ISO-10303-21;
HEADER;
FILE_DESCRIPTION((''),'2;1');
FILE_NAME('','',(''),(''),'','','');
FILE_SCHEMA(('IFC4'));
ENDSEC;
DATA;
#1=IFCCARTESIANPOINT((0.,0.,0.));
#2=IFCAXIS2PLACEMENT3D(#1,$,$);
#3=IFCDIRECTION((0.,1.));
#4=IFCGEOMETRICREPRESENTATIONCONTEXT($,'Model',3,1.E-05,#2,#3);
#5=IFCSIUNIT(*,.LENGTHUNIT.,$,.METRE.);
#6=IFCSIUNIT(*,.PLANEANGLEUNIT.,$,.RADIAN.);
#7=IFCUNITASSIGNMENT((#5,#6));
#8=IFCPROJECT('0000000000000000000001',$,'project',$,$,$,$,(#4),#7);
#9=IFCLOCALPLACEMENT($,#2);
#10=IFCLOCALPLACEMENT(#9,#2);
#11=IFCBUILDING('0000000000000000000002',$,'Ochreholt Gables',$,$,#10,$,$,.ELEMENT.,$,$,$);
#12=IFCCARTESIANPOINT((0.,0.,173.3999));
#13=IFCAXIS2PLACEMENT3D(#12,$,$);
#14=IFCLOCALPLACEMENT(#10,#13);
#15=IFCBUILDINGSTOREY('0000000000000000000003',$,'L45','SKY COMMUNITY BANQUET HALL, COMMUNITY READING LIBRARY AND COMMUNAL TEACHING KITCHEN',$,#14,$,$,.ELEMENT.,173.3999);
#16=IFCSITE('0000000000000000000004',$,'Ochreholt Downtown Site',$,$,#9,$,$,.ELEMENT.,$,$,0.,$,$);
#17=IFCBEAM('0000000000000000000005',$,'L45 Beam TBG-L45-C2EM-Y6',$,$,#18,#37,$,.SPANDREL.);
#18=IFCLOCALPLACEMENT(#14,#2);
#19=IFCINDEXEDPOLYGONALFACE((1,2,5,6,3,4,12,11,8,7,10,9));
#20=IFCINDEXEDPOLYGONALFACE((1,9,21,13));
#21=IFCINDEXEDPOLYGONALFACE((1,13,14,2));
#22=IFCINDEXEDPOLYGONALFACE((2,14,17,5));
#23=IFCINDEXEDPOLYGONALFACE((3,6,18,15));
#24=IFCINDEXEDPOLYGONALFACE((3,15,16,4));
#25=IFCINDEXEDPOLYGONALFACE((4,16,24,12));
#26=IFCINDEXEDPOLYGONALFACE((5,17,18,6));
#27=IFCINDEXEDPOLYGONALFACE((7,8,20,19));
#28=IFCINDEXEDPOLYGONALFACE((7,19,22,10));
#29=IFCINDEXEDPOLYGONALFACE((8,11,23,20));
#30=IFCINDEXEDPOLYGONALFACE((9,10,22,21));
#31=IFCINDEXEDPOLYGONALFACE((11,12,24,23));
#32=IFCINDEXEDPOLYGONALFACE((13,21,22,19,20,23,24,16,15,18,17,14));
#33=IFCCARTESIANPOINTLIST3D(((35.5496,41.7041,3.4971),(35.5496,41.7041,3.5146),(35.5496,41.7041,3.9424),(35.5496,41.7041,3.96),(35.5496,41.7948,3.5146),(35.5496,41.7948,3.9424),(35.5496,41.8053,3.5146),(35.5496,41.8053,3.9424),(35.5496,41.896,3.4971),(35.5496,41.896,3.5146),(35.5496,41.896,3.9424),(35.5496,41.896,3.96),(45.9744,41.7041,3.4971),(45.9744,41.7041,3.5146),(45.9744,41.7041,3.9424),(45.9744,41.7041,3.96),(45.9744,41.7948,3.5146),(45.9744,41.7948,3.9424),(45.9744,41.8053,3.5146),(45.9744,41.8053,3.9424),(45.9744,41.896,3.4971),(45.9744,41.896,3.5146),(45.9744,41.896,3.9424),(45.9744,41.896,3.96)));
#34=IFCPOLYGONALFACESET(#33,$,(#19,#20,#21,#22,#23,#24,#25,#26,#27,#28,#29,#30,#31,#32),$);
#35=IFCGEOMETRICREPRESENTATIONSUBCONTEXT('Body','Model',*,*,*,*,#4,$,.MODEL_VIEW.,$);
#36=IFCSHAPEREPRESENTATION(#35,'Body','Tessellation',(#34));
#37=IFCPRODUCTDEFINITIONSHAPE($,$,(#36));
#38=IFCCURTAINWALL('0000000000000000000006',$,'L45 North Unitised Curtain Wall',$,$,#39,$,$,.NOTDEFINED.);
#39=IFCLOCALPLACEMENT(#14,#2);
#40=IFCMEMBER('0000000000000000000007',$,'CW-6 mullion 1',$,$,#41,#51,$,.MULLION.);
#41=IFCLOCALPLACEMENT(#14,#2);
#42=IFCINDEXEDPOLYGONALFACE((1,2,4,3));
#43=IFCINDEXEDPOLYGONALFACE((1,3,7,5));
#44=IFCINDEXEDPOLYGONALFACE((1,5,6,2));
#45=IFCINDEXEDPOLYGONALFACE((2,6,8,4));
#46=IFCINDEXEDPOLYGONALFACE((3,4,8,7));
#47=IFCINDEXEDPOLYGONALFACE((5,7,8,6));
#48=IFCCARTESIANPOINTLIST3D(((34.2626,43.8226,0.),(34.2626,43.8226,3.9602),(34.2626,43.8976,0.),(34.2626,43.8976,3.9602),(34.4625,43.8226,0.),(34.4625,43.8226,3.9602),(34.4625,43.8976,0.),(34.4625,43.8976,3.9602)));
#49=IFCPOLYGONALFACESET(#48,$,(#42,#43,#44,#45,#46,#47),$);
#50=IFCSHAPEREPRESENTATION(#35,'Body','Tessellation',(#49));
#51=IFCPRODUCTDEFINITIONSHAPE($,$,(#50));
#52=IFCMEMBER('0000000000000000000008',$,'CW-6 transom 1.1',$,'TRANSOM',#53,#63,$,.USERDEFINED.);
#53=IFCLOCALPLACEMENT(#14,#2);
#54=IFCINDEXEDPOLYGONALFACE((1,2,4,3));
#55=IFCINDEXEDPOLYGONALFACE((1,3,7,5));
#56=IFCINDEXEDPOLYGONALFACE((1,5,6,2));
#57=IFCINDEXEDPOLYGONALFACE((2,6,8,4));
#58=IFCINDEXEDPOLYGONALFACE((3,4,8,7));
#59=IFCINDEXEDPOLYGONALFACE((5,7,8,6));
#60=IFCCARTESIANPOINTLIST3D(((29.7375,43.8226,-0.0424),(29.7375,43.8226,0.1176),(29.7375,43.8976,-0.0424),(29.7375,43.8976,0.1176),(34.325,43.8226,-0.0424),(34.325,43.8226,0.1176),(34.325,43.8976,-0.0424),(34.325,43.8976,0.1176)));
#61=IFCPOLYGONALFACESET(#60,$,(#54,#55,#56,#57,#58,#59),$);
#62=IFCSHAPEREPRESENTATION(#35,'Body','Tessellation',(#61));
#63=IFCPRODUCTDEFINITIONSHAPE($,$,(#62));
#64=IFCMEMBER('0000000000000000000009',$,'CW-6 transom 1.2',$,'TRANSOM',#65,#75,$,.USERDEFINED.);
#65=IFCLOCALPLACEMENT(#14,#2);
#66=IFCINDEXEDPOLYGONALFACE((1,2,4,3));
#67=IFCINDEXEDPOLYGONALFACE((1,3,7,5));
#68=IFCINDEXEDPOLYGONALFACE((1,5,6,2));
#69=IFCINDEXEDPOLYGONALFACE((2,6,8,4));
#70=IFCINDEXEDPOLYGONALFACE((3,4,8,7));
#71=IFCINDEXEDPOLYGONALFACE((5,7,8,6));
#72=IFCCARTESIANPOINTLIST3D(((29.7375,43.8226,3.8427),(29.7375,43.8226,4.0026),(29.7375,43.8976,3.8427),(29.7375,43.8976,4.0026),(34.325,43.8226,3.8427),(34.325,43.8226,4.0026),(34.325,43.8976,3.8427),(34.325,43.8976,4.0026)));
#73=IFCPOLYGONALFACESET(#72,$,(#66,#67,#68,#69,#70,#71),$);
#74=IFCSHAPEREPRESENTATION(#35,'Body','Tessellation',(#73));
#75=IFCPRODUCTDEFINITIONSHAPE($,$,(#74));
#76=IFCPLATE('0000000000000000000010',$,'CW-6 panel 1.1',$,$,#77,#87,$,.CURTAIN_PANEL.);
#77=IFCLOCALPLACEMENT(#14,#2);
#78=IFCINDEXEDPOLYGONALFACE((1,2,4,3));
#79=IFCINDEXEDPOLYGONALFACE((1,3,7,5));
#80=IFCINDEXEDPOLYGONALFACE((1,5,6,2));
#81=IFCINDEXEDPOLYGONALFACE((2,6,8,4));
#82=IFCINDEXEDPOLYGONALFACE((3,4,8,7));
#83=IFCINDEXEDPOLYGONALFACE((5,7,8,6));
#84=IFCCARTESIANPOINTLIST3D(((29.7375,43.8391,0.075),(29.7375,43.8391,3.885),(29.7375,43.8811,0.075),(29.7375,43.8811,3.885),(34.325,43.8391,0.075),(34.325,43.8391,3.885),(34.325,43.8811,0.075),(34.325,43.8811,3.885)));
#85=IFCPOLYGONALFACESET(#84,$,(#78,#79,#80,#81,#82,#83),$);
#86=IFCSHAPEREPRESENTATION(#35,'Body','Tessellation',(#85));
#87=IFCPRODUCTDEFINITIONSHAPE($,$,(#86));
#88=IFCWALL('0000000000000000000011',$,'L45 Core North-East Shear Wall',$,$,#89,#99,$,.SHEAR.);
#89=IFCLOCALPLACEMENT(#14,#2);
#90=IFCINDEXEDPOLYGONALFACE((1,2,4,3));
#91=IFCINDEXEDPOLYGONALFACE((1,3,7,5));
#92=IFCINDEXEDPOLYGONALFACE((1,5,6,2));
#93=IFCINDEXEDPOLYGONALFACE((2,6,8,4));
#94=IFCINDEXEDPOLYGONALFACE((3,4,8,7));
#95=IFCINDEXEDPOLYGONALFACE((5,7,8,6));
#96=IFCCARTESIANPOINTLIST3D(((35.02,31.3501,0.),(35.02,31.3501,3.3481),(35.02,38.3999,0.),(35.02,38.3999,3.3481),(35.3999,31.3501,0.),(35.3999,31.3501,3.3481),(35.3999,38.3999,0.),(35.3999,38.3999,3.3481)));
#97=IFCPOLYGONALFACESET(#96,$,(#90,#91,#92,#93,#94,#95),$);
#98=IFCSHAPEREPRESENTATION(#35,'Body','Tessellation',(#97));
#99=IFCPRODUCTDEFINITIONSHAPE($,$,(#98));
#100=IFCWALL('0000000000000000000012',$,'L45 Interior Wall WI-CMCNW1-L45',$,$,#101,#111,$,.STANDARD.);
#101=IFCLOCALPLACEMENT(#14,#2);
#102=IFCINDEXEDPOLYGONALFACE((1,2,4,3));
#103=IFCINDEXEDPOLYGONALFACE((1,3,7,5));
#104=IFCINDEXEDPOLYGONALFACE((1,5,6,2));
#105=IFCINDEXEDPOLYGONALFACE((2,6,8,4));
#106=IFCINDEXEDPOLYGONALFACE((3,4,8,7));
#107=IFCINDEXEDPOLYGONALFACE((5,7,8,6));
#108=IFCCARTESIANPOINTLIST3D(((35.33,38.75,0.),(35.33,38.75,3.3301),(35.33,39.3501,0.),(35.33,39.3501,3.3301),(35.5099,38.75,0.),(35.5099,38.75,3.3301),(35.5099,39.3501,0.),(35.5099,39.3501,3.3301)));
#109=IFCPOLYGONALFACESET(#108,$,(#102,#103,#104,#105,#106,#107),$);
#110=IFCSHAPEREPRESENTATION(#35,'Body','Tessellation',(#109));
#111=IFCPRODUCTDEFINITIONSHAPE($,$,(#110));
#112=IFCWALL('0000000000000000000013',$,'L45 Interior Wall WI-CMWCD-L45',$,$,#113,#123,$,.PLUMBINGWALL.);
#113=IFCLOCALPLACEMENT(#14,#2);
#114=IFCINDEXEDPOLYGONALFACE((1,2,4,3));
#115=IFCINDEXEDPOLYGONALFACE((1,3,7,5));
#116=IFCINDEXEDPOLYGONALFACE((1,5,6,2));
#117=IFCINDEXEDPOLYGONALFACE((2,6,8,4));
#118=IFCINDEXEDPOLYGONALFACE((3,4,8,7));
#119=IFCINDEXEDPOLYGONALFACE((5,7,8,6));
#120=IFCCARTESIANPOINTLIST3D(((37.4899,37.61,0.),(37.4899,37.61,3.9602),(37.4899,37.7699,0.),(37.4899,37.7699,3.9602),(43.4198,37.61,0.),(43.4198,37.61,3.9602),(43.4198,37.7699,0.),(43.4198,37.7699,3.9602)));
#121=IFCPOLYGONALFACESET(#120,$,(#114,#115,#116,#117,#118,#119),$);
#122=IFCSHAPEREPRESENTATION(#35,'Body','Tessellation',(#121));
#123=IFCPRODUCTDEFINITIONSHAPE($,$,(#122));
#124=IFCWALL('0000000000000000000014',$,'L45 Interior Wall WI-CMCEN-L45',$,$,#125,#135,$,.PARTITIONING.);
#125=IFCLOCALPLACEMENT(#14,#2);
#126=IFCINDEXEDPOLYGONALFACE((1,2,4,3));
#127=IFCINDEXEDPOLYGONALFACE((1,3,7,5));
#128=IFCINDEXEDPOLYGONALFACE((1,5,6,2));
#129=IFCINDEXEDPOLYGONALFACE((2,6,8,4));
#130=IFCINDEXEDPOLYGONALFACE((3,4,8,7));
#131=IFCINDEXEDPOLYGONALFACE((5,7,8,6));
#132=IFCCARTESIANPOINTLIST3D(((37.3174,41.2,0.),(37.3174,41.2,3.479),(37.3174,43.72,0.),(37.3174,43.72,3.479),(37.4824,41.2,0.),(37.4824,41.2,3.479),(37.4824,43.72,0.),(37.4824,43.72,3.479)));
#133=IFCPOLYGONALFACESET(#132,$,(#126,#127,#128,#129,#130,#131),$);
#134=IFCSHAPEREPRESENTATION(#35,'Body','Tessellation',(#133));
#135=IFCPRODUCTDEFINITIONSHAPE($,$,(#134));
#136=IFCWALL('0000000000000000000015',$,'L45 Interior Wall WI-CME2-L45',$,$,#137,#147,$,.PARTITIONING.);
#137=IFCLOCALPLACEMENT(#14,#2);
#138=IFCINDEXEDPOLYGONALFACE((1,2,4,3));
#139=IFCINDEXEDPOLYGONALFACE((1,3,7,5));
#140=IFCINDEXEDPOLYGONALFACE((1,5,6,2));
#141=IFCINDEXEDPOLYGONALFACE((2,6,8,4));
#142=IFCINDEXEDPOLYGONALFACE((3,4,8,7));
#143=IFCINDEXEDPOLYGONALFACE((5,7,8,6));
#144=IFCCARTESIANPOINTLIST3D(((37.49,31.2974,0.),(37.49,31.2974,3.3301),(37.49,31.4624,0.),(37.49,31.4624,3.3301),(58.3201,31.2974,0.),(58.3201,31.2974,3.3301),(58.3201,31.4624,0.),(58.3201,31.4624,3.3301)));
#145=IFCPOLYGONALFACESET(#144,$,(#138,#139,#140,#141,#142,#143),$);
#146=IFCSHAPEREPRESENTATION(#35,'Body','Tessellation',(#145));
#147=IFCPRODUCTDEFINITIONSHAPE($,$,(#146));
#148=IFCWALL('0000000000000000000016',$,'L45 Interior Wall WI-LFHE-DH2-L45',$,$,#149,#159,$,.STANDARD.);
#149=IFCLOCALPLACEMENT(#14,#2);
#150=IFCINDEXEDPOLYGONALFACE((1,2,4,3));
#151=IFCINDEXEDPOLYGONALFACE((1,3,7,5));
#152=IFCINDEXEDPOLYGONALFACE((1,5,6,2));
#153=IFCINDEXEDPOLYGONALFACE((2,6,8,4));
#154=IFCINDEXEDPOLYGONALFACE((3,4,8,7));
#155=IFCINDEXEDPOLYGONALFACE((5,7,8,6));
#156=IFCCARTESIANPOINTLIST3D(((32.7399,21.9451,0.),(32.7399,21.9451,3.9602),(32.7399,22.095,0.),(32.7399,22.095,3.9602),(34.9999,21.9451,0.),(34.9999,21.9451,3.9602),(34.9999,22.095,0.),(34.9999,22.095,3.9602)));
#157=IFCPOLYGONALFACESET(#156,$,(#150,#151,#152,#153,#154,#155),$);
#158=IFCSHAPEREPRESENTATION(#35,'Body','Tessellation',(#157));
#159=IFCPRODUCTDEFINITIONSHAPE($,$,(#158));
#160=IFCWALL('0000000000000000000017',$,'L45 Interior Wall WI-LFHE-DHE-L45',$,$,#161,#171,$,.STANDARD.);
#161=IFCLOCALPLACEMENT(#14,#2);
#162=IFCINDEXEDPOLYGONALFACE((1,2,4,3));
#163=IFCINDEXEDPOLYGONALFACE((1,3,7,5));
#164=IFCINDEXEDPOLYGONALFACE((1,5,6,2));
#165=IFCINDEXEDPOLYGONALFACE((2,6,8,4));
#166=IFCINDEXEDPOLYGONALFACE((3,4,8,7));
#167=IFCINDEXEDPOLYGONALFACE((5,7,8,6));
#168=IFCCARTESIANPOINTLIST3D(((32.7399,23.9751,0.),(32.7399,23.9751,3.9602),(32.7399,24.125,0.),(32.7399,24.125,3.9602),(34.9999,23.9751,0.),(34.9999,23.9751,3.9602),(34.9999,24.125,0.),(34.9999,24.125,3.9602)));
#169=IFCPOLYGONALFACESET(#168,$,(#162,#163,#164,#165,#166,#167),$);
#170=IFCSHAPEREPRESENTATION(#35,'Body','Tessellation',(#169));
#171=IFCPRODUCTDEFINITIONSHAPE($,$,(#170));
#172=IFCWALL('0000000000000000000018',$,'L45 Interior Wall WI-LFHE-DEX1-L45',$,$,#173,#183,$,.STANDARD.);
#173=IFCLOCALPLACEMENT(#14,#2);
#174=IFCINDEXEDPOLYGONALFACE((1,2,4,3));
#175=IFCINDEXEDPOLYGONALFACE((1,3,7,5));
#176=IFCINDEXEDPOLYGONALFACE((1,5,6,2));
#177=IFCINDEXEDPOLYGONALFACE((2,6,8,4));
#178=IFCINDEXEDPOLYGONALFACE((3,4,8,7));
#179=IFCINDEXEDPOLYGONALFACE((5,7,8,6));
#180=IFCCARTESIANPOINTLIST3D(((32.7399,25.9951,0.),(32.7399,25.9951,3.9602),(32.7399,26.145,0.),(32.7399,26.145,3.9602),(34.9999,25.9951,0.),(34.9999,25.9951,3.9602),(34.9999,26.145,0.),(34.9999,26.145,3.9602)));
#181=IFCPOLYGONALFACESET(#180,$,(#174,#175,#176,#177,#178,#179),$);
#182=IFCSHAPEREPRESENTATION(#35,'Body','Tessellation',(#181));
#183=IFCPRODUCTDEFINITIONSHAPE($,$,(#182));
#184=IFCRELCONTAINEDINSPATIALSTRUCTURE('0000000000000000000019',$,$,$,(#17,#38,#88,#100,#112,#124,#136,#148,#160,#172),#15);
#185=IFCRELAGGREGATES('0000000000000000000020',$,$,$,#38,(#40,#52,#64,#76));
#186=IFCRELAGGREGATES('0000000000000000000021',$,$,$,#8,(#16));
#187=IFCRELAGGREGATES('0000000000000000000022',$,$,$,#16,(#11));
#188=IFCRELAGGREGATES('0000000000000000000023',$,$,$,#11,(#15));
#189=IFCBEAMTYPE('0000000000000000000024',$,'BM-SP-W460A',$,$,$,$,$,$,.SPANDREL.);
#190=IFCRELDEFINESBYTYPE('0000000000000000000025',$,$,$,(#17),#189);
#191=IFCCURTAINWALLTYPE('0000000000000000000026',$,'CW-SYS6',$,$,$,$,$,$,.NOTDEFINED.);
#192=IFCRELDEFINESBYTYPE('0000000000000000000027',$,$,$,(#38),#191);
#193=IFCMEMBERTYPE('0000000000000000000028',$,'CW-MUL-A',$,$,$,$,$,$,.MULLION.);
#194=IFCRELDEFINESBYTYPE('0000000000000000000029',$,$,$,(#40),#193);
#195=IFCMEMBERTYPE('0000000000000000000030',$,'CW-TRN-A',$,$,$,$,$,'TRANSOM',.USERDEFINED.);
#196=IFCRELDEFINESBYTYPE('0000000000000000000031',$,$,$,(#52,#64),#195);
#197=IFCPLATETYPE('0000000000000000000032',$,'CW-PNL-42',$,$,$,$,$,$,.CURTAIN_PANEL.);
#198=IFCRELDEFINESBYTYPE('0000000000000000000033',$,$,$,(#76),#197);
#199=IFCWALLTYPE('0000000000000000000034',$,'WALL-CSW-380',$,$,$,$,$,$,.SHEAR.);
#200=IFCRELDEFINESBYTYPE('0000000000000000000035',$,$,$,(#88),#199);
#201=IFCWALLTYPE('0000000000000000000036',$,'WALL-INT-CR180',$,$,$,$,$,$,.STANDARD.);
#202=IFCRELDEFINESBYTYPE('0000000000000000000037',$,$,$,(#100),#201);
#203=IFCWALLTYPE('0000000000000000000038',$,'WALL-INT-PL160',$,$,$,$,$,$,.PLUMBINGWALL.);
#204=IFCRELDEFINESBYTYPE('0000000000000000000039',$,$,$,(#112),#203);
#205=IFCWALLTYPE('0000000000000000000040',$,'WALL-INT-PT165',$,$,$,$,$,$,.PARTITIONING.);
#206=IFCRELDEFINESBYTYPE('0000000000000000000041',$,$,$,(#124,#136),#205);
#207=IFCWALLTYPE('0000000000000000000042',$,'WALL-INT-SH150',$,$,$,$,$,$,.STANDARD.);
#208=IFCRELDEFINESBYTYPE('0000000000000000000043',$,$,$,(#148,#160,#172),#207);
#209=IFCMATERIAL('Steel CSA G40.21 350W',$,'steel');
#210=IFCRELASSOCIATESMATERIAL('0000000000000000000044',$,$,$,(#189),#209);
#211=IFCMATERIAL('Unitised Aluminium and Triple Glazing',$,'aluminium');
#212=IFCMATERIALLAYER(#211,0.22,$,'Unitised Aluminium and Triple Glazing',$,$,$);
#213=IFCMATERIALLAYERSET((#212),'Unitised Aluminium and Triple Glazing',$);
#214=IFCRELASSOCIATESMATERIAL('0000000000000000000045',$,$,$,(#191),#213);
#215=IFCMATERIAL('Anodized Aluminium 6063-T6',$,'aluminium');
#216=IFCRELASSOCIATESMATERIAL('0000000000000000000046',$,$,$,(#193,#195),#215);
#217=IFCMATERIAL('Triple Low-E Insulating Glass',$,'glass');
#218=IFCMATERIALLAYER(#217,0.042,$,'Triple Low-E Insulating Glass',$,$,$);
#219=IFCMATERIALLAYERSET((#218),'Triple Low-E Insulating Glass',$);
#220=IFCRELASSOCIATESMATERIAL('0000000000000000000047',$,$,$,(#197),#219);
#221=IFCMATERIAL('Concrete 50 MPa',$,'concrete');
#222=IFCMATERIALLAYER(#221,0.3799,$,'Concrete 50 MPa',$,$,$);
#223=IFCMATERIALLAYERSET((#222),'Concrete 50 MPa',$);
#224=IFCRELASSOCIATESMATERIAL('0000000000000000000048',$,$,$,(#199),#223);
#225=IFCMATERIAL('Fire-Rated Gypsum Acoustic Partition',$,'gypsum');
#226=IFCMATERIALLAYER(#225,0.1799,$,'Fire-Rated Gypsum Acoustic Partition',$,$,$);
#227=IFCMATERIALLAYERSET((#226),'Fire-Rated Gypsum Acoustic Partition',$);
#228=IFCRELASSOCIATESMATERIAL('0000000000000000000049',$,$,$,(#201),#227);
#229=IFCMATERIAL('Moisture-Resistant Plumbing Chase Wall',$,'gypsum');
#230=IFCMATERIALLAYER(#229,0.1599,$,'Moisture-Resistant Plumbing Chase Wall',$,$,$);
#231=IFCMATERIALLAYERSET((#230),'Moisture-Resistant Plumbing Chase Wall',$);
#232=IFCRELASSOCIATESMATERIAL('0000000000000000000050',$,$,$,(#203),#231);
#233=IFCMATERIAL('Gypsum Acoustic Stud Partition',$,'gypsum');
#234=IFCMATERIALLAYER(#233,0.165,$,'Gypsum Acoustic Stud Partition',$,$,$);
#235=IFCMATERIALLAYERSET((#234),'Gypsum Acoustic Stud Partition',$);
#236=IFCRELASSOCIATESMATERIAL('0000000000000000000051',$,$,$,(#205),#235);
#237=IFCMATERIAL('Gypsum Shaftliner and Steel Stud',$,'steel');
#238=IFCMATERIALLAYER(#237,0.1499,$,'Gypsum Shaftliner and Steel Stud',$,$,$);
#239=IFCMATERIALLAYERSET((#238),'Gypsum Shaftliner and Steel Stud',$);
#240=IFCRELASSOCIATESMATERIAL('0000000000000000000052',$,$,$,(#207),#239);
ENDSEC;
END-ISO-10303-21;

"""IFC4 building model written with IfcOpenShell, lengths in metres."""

from ifc_helpers import new_model, si_unit, direction, frame, frame_2d, origin, origin_2d, place, context, subcontext, project, spatial, rectangle, i_section, extrude, material, layer, layer_set, material_profile, profile_set, type_object, element, aggregate, save


model = new_model("IFC4")

# Units and contexts
model_context = context("Model", 3, precision=1e-05, world=origin(), true_north=direction((0.0, 1.0)))
body_context = subcontext(model_context, "Body", "Model", "MODEL_VIEW")
ifc_project = project(units=[si_unit("LENGTHUNIT", "METRE"), si_unit("PLANEANGLEUNIT", "RADIAN")], contexts=[model_context])

# Site, building, storey
site_placement = place(None, origin())
site = spatial("IfcSite", under=ifc_project, at=site_placement, Name="Ochreholt Downtown Site", CompositionType="ELEMENT", RefElevation=0.0)
building_placement = place(site_placement, origin())
building = spatial("IfcBuilding", under=site, at=building_placement, Name="Ochreholt Gables", CompositionType="ELEMENT")
storey_placement = place(building_placement, frame((0.0, 0.0, 173.3999)))
storey = spatial("IfcBuildingStorey", under=building, at=storey_placement, Name="L45", Description="SKY COMMUNITY BANQUET HALL, COMMUNITY READING LIBRARY AND COMMUNAL TEACHING KITCHEN", CompositionType="ELEMENT", Elevation=173.3999)

# Shared definitions
ifc_material_1 = material(Name="Concrete 50 MPa", Category="concrete")

# Beam
ifc_material_2 = material(Name="Steel CSA G40.21 350W", Category="steel")
ifc_material_profile_1 = material_profile(ifc_material_2, i_section(OverallWidth=0.1919, OverallDepth=0.4629, WebThickness=0.0105, FlangeThickness=0.0176, at=origin_2d()), Name="W460X89")
ifc_profile_set_1 = profile_set([ifc_material_profile_1], Name="Steel CSA G40.21 350W")
beam_type_1 = type_object("IfcBeamType", Name="BM-SP-W460A", PredefinedType="SPANDREL", material=ifc_profile_set_1)
beam_1_placement = place(storey_placement, frame((35.5496, 41.8, 3.7285), z_axis=(1.0, 0.0, 0.0), x_axis=(0.0, 1.0, 0.0)))
element("IfcBeam", 1, at=beam_1_placement, inside=storey, type_object=beam_type_1, Name="L45 Beam TBG-L45-C2EM-Y6", PredefinedType="SPANDREL", context=body_context, shape_type="SweptSolid", body=[
    extrude(i_section(OverallWidth=0.1919, OverallDepth=0.4629, WebThickness=0.0105, FlangeThickness=0.0176, at=origin_2d()), origin(), (0.0, 0.0, 1.0), 10.4248),
])

# Curtain wall, members, plate
ifc_material_3 = material(Name="Unitised Aluminium and Triple Glazing", Category="aluminium")
ifc_layer_1 = layer(ifc_material_3, 0.22, Name="Unitised Aluminium and Triple Glazing")
ifc_layer_set_1 = layer_set([ifc_layer_1], Name="Unitised Aluminium and Triple Glazing")
curtain_wall_type = type_object("IfcCurtainWallType", Name="CW-SYS6", PredefinedType="NOTDEFINED", material=ifc_layer_set_1)
curtain_wall_placement = place(storey_placement, origin())
curtain_wall = element("IfcCurtainWall", 2, at=curtain_wall_placement, inside=storey, type_object=curtain_wall_type, Name="L45 North Unitised Curtain Wall", PredefinedType="NOTDEFINED")
ifc_material_4 = material(Name="Anodized Aluminium 6063-T6", Category="aluminium")
ifc_material_profile_2 = material_profile(ifc_material_4, rectangle(XDim=0.075, YDim=0.2, at=origin_2d()), Name="CWM75X200")
ifc_profile_set_2 = profile_set([ifc_material_profile_2], Name="Anodized Aluminium 6063-T6")
member_type_1 = type_object("IfcMemberType", Name="CW-MUL-A", PredefinedType="MULLION", material=ifc_profile_set_2)
member_1_placement = place(storey_placement, frame((34.3625, 43.8601, 0.0), z_axis=(0.0, 0.0, 1.0), x_axis=(0.0, -1.0, 0.0)))
member_1 = element("IfcMember", 3, at=member_1_placement, type_object=member_type_1, Name="CW-6 mullion 1", PredefinedType="MULLION", context=body_context, shape_type="SweptSolid", body=[
    extrude(rectangle(XDim=0.075, YDim=0.2, at=origin_2d()), origin(), (0.0, 0.0, 1.0), 3.9602),
])
ifc_material_profile_3 = material_profile(ifc_material_4, rectangle(XDim=0.075, YDim=0.1599, at=origin_2d()), Name="CWT75X160")
ifc_profile_set_3 = profile_set([ifc_material_profile_3], Name="Anodized Aluminium 6063-T6")
member_type_2 = type_object("IfcMemberType", Name="CW-TRN-A", ElementType="TRANSOM", PredefinedType="USERDEFINED", material=ifc_profile_set_3)
member_2_placement = place(storey_placement, frame((34.325, 43.8601, 0.0376), z_axis=(-1.0, 0.0, 0.0), x_axis=(0.0, -1.0, 0.0)))
member_2 = element("IfcMember", 4, at=member_2_placement, type_object=member_type_2, Name="CW-6 transom 1.1", ObjectType="TRANSOM", PredefinedType="USERDEFINED", context=body_context, shape_type="SweptSolid", body=[
    extrude(rectangle(XDim=0.075, YDim=0.1599, at=origin_2d()), origin(), (0.0, 0.0, 1.0), 4.5874),
])
member_3_placement = place(storey_placement, frame((34.325, 43.8601, 3.9226), z_axis=(-1.0, 0.0, 0.0), x_axis=(0.0, -1.0, 0.0)))
member_3 = element("IfcMember", 5, at=member_3_placement, type_object=member_type_2, Name="CW-6 transom 1.2", ObjectType="TRANSOM", PredefinedType="USERDEFINED", context=body_context, shape_type="SweptSolid", body=[
    extrude(rectangle(XDim=0.075, YDim=0.1599, at=origin_2d()), origin(), (0.0, 0.0, 1.0), 4.5874),
])
ifc_material_5 = material(Name="Triple Low-E Insulating Glass", Category="glass")
ifc_layer_2 = layer(ifc_material_5, 0.042, Name="Triple Low-E Insulating Glass")
ifc_layer_set_2 = layer_set([ifc_layer_2], Name="Triple Low-E Insulating Glass")
plate_type = type_object("IfcPlateType", Name="CW-PNL-42", PredefinedType="CURTAIN_PANEL", material=ifc_layer_set_2)
plate_placement = place(storey_placement, frame((32.0312, 43.8601, 0.075), z_axis=(0.0, 0.0, 1.0), x_axis=(-1.0, 0.0, 0.0)))
plate = element("IfcPlate", 6, at=plate_placement, type_object=plate_type, Name="CW-6 panel 1.1", PredefinedType="CURTAIN_PANEL", context=body_context, shape_type="SweptSolid", body=[
    extrude(rectangle(XDim=4.5874, YDim=0.042, at=origin_2d()), origin(), (0.0, 0.0, 1.0), 3.8101),
])
aggregate(curtain_wall, [member_1, member_2, member_3, plate])

# Walls
ifc_layer_3 = layer(ifc_material_1, 0.3799, Name="Concrete 50 MPa")
ifc_layer_set_3 = layer_set([ifc_layer_3], Name="Concrete 50 MPa")
wall_type_1 = type_object("IfcWallType", Name="WALL-CSW-380", PredefinedType="SHEAR", material=ifc_layer_set_3)
wall_1_placement = place(storey_placement, frame((35.21, 31.3501, 0.0), z_axis=(0.0, 0.0, 1.0), x_axis=(0.0, 1.0, 0.0)))
element("IfcWall", 7, at=wall_1_placement, inside=storey, type_object=wall_type_1, Name="L45 Core North-East Shear Wall", PredefinedType="SHEAR", context=body_context, shape_type="SweptSolid", body=[
    extrude(rectangle(XDim=7.0498, YDim=0.3799, at=frame_2d((3.5249, 0.0))), origin(), (0.0, 0.0, 1.0), 3.3481),
])
ifc_material_6 = material(Name="Fire-Rated Gypsum Acoustic Partition", Category="gypsum")
ifc_layer_4 = layer(ifc_material_6, 0.1799, Name="Fire-Rated Gypsum Acoustic Partition")
ifc_layer_set_4 = layer_set([ifc_layer_4], Name="Fire-Rated Gypsum Acoustic Partition")
wall_type_2 = type_object("IfcWallType", Name="WALL-INT-CR180", PredefinedType="STANDARD", material=ifc_layer_set_4)
wall_2_placement = place(storey_placement, frame((35.4199, 38.75, 0.0), z_axis=(0.0, 0.0, 1.0), x_axis=(0.0, 1.0, 0.0)))
element("IfcWall", 8, at=wall_2_placement, inside=storey, type_object=wall_type_2, Name="L45 Interior Wall WI-CMCNW1-L45", PredefinedType="STANDARD", context=body_context, shape_type="SweptSolid", body=[
    extrude(rectangle(XDim=0.6001, YDim=0.1799, at=frame_2d((0.3, 0.0))), origin(), (0.0, 0.0, 1.0), 3.3301),
])
ifc_material_7 = material(Name="Moisture-Resistant Plumbing Chase Wall", Category="gypsum")
ifc_layer_5 = layer(ifc_material_7, 0.1599, Name="Moisture-Resistant Plumbing Chase Wall")
ifc_layer_set_5 = layer_set([ifc_layer_5], Name="Moisture-Resistant Plumbing Chase Wall")
wall_type_3 = type_object("IfcWallType", Name="WALL-INT-PL160", PredefinedType="PLUMBINGWALL", material=ifc_layer_set_5)
wall_3_placement = place(storey_placement, frame((37.49, 37.6899, 0.0), z_axis=(0.0, 0.0, 1.0), x_axis=(1.0, 0.0, 0.0)))
element("IfcWall", 9, at=wall_3_placement, inside=storey, type_object=wall_type_3, Name="L45 Interior Wall WI-CMWCD-L45", PredefinedType="PLUMBINGWALL", context=body_context, shape_type="SweptSolid", body=[
    extrude(rectangle(XDim=5.9299, YDim=0.1599, at=frame_2d((2.9648, 0.0))), origin(), (0.0, 0.0, 1.0), 3.9602),
])
ifc_material_8 = material(Name="Gypsum Acoustic Stud Partition", Category="gypsum")
ifc_layer_6 = layer(ifc_material_8, 0.165, Name="Gypsum Acoustic Stud Partition")
ifc_layer_set_6 = layer_set([ifc_layer_6], Name="Gypsum Acoustic Stud Partition")
wall_type_4 = type_object("IfcWallType", Name="WALL-INT-PT165", PredefinedType="PARTITIONING", material=ifc_layer_set_6)
wall_4_placement = place(storey_placement, frame((37.3999, 41.2, 0.0), z_axis=(0.0, 0.0, 1.0), x_axis=(0.0, 1.0, 0.0)))
element("IfcWall", 10, at=wall_4_placement, inside=storey, type_object=wall_type_4, Name="L45 Interior Wall WI-CMCEN-L45", PredefinedType="PARTITIONING", context=body_context, shape_type="SweptSolid", body=[
    extrude(rectangle(XDim=2.52, YDim=0.165, at=frame_2d((1.26, 0.0))), origin(), (0.0, 0.0, 1.0), 3.479),
])
wall_5_placement = place(storey_placement, frame((37.49, 31.3799, 0.0), z_axis=(0.0, 0.0, 1.0), x_axis=(1.0, 0.0, 0.0)))
element("IfcWall", 11, at=wall_5_placement, inside=storey, type_object=wall_type_4, Name="L45 Interior Wall WI-CME2-L45", PredefinedType="PARTITIONING", context=body_context, shape_type="SweptSolid", body=[
    extrude(rectangle(XDim=20.8301, YDim=0.165, at=frame_2d((10.415, 0.0))), origin(), (0.0, 0.0, 1.0), 3.3301),
])
ifc_material_9 = material(Name="Gypsum Shaftliner and Steel Stud", Category="steel")
ifc_layer_7 = layer(ifc_material_9, 0.1499, Name="Gypsum Shaftliner and Steel Stud")
ifc_layer_set_7 = layer_set([ifc_layer_7], Name="Gypsum Shaftliner and Steel Stud")
wall_type_5 = type_object("IfcWallType", Name="WALL-INT-SH150", PredefinedType="STANDARD", material=ifc_layer_set_7)
for number, where, z_axis, x_axis, name in (
    (12, (32.74, 22.02, 0.0), (0.0, 0.0, 1.0), (1.0, 0.0, 0.0), "L45 Interior Wall WI-LFHE-DH2-L45"),
    (13, (32.74, 24.05, 0.0), (0.0, 0.0, 1.0), (1.0, 0.0, 0.0), "L45 Interior Wall WI-LFHE-DHE-L45"),
    (14, (32.74, 26.0701, 0.0), (0.0, 0.0, 1.0), (1.0, 0.0, 0.0), "L45 Interior Wall WI-LFHE-DEX1-L45"),
):
    element("IfcWall", number, at=place(storey_placement, frame(where, z_axis=z_axis, x_axis=x_axis)), inside=storey, type_object=wall_type_5, Name=name, PredefinedType="STANDARD", context=body_context, shape_type="SweptSolid", body=[
        extrude(rectangle(XDim=2.26, YDim=0.1499, at=frame_2d((1.1299, 0.0))), origin(), (0.0, 0.0, 1.0), 3.9602),
    ])

save(model, "model.ifc")
